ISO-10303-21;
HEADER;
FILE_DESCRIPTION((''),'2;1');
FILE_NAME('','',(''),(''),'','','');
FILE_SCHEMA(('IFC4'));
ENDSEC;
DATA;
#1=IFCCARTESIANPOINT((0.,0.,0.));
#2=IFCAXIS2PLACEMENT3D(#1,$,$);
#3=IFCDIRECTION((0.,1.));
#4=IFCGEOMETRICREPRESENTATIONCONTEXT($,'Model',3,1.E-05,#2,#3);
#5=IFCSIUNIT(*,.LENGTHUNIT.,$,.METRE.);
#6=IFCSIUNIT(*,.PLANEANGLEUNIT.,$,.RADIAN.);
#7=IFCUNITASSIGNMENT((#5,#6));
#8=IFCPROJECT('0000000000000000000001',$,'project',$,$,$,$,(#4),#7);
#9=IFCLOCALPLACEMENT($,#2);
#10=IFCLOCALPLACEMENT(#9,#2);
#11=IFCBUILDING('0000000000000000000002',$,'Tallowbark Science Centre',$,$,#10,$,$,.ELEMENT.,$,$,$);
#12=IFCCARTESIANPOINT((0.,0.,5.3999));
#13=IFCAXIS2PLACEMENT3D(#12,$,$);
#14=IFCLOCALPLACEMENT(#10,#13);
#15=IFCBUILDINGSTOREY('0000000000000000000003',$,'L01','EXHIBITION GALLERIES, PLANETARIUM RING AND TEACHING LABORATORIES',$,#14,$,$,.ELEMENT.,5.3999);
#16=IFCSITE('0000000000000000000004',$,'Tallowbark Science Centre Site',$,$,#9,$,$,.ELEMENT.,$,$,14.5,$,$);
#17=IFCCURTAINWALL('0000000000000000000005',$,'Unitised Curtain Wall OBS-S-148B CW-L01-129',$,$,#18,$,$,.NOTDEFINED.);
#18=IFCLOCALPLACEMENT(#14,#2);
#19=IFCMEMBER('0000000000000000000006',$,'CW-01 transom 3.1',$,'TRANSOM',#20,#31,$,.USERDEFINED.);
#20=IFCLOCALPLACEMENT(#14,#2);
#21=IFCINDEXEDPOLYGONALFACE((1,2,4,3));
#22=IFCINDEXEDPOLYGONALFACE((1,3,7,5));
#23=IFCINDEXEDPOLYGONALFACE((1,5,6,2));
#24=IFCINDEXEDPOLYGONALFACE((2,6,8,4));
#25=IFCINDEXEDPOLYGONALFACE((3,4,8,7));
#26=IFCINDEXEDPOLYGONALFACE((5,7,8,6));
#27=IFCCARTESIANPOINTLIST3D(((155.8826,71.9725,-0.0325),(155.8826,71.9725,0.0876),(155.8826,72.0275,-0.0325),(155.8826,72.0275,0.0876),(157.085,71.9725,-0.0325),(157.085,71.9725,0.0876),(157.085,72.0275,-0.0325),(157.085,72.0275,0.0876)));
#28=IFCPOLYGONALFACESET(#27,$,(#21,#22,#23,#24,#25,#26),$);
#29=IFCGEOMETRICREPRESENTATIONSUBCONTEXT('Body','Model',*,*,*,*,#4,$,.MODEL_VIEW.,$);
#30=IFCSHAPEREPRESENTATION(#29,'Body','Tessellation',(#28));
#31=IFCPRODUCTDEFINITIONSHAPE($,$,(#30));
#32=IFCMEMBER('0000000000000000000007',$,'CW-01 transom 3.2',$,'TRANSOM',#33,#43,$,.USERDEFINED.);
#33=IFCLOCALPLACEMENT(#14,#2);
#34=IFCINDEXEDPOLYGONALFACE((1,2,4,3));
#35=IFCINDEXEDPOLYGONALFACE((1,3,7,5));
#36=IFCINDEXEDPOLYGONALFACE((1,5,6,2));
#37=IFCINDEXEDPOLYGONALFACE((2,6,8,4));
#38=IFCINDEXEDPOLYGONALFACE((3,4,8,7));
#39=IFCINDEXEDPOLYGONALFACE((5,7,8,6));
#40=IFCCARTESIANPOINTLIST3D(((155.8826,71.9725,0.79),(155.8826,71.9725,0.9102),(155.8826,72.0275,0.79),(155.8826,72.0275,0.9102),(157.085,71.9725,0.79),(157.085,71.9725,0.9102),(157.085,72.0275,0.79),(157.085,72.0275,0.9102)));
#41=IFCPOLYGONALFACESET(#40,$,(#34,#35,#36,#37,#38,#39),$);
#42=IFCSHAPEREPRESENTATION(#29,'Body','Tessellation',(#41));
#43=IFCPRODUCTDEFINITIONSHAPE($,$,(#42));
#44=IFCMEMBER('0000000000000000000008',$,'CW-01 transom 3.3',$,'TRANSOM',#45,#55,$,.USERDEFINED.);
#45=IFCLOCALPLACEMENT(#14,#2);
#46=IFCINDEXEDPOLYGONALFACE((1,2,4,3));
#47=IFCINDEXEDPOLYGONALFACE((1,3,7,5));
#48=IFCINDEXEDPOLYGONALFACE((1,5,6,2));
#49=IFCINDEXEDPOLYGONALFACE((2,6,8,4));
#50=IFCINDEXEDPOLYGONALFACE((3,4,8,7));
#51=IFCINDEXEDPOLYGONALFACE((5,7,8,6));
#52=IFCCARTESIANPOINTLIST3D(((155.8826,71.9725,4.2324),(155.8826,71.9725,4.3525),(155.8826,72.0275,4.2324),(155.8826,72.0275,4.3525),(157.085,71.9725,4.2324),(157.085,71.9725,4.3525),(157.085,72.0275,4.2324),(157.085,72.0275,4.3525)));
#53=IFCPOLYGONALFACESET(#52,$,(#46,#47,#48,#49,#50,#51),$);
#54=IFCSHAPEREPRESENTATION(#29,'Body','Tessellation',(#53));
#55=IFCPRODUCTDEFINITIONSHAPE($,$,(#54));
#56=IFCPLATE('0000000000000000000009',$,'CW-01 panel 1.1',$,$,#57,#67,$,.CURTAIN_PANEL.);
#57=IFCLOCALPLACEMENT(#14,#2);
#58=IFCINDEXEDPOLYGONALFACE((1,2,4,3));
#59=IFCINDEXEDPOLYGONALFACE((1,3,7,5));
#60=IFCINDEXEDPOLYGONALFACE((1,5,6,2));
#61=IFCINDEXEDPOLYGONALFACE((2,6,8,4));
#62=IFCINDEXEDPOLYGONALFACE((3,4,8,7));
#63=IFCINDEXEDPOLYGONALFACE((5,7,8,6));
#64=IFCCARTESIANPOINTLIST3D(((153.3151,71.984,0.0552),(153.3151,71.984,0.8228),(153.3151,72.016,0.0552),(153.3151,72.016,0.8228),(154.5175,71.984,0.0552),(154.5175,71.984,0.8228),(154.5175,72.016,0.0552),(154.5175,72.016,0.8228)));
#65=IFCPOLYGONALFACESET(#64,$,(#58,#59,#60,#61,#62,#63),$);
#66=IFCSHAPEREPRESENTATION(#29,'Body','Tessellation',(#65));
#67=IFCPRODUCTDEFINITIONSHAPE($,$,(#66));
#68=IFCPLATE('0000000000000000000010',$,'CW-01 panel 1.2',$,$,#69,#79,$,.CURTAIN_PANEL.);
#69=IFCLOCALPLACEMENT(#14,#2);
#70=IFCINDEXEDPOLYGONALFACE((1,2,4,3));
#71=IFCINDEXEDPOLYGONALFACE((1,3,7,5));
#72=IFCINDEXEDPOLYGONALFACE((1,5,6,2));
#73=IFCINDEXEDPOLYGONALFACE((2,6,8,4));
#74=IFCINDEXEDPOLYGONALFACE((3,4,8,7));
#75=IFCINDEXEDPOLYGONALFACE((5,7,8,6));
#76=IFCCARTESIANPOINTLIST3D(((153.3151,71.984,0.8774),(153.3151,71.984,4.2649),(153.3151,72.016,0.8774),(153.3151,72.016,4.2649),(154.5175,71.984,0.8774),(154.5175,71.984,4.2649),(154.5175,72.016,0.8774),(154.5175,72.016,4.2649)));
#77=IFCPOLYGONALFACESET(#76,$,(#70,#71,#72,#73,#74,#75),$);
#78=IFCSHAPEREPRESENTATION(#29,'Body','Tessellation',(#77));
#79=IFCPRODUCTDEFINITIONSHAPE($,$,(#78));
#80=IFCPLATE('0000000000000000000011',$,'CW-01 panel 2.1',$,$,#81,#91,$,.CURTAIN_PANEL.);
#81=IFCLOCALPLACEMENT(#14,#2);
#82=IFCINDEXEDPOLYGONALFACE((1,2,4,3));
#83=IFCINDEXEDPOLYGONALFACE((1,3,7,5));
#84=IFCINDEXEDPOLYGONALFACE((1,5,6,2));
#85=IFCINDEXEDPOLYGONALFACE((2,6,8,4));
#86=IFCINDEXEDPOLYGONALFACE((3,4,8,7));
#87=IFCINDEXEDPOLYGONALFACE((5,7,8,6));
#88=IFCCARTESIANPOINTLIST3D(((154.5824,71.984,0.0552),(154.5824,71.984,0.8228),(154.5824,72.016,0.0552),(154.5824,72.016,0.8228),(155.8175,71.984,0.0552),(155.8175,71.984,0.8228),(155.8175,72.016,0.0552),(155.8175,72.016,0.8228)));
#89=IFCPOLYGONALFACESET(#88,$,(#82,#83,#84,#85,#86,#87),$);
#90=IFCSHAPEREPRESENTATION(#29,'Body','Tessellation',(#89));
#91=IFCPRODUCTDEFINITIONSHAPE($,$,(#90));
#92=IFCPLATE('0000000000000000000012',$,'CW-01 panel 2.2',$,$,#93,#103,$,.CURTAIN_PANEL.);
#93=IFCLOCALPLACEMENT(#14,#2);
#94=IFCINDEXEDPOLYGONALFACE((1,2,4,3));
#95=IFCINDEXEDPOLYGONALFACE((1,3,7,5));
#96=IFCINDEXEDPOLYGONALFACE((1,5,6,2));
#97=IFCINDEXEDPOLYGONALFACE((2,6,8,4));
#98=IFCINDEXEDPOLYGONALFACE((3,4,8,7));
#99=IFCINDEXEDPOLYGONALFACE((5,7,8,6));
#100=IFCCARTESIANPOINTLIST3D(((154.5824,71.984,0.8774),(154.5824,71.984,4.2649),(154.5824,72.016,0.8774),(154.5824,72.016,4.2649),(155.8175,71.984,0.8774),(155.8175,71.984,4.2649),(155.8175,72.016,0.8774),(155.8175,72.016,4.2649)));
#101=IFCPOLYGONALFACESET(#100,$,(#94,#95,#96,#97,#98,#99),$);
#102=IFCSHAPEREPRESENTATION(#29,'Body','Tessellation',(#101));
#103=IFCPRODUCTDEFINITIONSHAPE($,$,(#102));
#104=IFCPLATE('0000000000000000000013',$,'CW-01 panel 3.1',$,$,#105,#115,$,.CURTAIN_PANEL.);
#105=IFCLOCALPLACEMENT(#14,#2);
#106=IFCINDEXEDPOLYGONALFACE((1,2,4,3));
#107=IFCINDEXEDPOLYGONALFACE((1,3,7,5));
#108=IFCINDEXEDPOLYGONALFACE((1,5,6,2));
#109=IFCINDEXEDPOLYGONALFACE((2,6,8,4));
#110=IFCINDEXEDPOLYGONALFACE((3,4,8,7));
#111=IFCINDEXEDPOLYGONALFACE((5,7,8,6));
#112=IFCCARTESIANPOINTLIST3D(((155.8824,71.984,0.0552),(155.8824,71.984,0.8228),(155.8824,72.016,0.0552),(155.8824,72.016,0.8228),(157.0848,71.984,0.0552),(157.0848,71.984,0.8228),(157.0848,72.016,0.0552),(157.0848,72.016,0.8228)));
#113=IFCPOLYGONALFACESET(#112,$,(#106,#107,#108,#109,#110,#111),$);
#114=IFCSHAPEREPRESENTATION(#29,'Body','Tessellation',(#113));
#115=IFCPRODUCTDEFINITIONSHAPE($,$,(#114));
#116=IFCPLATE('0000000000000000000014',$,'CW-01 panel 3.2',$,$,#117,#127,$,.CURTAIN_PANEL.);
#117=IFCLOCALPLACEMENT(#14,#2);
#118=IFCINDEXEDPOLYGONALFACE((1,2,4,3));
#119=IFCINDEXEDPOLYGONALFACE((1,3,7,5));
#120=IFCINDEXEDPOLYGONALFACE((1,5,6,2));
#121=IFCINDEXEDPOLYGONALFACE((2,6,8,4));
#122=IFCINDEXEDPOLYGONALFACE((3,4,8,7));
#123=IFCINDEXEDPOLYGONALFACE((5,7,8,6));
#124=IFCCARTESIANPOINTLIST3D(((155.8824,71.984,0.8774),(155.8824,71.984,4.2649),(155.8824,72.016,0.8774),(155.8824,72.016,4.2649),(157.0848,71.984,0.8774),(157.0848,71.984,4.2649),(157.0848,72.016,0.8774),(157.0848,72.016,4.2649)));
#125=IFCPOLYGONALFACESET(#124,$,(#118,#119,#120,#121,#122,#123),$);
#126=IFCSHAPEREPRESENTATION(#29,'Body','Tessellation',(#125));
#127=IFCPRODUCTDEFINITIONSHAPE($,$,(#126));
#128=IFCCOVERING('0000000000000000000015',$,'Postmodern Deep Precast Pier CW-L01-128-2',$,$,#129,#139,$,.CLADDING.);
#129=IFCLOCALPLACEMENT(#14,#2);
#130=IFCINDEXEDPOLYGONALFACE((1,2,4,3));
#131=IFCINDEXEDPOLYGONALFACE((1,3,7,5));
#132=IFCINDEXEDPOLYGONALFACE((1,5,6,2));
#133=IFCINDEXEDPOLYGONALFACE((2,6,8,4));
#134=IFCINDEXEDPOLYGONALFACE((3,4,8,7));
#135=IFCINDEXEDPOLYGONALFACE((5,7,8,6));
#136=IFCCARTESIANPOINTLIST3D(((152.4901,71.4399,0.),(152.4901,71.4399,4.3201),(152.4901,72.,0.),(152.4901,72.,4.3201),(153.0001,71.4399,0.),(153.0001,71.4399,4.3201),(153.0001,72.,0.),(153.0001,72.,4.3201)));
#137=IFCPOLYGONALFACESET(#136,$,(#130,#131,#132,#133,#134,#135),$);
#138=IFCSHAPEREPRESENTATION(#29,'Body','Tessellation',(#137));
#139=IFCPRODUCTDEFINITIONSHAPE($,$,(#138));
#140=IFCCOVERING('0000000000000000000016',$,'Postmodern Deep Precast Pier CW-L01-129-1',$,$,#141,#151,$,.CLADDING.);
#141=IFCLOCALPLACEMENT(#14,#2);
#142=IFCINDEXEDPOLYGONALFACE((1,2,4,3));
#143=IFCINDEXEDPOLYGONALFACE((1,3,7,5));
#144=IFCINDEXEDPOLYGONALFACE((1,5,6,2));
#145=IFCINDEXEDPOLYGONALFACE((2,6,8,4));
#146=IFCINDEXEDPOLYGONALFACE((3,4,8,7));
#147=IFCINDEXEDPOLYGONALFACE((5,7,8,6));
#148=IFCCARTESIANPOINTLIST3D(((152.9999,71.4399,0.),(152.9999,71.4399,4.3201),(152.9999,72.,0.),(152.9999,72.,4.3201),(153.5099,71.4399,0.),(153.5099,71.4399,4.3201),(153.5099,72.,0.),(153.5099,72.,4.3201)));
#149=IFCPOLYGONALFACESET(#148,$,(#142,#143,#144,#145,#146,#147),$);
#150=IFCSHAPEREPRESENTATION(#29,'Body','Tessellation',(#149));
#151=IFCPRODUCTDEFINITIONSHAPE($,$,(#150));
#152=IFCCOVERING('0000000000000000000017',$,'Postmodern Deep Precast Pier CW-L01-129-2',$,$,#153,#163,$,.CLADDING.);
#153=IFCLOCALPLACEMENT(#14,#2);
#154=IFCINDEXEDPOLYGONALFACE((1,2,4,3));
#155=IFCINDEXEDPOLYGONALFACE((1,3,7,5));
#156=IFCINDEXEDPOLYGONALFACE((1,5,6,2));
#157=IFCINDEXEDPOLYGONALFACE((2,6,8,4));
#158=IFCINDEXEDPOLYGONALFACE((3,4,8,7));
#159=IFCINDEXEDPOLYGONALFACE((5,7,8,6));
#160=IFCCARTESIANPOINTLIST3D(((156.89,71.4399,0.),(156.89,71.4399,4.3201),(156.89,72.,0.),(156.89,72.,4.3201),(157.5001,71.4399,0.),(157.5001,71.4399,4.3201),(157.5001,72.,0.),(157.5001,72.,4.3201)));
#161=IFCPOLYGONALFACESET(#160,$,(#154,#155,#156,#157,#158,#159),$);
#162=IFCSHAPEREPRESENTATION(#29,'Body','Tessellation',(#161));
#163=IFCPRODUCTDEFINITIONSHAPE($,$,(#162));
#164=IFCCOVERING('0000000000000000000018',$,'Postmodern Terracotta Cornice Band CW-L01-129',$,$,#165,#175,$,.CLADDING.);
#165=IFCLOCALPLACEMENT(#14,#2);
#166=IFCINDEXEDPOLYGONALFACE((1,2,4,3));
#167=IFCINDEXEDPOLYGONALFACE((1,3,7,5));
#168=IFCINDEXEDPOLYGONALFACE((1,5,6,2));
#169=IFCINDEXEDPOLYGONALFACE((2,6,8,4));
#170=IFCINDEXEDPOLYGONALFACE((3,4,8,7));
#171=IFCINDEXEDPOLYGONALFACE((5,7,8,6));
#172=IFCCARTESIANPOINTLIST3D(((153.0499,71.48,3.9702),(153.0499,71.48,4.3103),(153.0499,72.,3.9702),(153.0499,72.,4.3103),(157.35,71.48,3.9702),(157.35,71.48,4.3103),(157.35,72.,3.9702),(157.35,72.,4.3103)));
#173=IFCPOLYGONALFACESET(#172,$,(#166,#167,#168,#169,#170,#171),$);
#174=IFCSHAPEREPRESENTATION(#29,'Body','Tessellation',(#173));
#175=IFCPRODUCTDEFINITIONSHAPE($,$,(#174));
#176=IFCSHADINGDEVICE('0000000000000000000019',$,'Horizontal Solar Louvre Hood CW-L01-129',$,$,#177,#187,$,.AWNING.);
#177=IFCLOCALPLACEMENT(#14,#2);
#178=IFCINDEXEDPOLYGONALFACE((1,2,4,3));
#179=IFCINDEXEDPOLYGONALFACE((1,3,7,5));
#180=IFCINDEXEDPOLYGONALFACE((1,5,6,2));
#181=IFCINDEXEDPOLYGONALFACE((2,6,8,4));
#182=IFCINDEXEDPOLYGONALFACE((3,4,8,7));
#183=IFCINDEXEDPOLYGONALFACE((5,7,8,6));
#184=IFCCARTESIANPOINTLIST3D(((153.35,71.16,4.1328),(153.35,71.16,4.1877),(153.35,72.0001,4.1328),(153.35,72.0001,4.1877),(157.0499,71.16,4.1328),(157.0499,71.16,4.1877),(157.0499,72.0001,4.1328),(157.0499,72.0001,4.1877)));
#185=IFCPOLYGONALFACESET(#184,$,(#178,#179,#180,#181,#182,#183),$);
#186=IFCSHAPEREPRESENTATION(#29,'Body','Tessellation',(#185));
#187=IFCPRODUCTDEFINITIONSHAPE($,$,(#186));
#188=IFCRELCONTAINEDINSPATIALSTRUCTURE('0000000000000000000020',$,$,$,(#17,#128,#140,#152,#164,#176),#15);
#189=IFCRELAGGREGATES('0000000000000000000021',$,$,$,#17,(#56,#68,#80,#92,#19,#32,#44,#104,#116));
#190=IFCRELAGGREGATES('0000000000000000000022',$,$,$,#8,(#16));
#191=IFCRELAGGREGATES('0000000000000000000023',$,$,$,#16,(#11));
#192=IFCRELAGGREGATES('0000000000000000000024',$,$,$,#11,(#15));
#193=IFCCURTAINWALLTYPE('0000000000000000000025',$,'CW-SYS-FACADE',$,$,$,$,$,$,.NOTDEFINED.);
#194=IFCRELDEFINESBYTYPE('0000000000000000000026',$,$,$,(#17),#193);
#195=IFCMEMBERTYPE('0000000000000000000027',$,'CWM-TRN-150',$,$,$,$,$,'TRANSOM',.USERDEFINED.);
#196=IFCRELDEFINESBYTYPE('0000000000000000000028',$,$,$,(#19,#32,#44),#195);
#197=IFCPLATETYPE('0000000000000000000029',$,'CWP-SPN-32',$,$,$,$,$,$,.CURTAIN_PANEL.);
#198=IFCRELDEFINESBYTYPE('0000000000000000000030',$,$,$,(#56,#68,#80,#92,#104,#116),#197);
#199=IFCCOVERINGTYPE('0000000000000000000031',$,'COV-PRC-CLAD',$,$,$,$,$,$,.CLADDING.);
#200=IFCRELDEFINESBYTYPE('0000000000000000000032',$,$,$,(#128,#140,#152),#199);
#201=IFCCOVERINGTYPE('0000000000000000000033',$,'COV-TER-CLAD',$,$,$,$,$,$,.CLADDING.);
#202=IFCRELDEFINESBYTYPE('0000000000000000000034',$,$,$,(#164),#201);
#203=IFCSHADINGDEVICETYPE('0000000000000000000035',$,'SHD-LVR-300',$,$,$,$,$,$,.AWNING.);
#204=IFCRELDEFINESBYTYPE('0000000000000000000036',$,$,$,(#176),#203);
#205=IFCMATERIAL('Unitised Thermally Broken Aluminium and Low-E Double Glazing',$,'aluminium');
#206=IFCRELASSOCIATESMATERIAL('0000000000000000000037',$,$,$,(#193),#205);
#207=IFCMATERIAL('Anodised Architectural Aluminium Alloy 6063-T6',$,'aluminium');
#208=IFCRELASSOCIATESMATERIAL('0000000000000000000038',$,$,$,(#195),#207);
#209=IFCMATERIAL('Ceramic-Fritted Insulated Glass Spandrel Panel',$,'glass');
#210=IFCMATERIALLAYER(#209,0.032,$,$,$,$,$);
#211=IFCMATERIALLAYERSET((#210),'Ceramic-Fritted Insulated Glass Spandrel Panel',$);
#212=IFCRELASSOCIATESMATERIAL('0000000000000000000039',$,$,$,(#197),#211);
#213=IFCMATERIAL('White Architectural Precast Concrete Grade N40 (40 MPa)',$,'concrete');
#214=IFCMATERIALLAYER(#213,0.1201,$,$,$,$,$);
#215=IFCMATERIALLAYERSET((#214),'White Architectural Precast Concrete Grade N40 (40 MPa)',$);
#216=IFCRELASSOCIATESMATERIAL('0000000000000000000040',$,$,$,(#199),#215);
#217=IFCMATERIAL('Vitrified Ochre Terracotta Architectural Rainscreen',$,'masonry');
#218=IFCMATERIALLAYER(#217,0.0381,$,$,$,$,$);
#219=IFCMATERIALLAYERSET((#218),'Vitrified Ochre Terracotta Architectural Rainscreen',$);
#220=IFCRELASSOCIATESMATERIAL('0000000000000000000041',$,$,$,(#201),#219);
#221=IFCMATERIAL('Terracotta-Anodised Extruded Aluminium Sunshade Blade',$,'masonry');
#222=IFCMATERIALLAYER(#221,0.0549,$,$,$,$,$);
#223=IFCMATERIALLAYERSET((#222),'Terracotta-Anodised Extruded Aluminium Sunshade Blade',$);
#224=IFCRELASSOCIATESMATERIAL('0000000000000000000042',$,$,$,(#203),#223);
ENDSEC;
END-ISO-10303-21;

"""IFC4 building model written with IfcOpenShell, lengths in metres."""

from ifc_helpers import new_model, si_unit, direction, frame, origin, origin_2d, place, context, subcontext, project, spatial, rectangle, extrude, material, layer, layer_set, material_profile, profile_set, type_object, element, aggregate, save


model = new_model("IFC4")

# Units and contexts
model_context = context("Model", 3, precision=1e-05, world=origin(), true_north=direction((0.0, 1.0)))
body_context = subcontext(model_context, "Body", "Model", "MODEL_VIEW")
ifc_project = project(units=[si_unit("LENGTHUNIT", "METRE"), si_unit("PLANEANGLEUNIT", "RADIAN")], contexts=[model_context])

# Site, building, storey
site_placement = place(None, origin())
site = spatial("IfcSite", under=ifc_project, at=site_placement, Name="Tallowbark Science Centre Site", CompositionType="ELEMENT", RefElevation=14.5)
building_placement = place(site_placement, origin())
building = spatial("IfcBuilding", under=site, at=building_placement, Name="Tallowbark Science Centre", CompositionType="ELEMENT")
storey_placement = place(building_placement, frame((0.0, 0.0, 5.3999)))
storey = spatial("IfcBuildingStorey", under=building, at=storey_placement, Name="L01", Description="EXHIBITION GALLERIES, PLANETARIUM RING AND TEACHING LABORATORIES", CompositionType="ELEMENT", Elevation=5.3999)

# Shared definitions
ifc_material_1 = material(Name="Unitised Thermally Broken Aluminium and Low-E Double Glazing", Category="aluminium")
curtain_wall_type = type_object("IfcCurtainWallType", Name="CW-SYS-FACADE", PredefinedType="NOTDEFINED", material=ifc_material_1)
ifc_material_2 = material(Name="Anodised Architectural Aluminium Alloy 6063-T6", Category="aluminium")

# Curtain wall, members, plates
curtain_wall_1_placement = place(storey_placement, origin())
curtain_wall_1 = element("IfcCurtainWall", 1, at=curtain_wall_1_placement, inside=storey, type_object=curtain_wall_type, Name="Unitised Curtain Wall OBS-S-148B CW-L01-129", PredefinedType="NOTDEFINED")
ifc_material_profile_1 = material_profile(ifc_material_2, rectangle(XDim=0.0549, YDim=0.1201, at=origin_2d()), Name="ALU55x120")
ifc_profile_set_1 = profile_set([ifc_material_profile_1], Name="Anodised Architectural Aluminium Alloy 6063-T6")
member_type_1 = type_object("IfcMemberType", Name="CWM-TRN-150", ElementType="TRANSOM", PredefinedType="USERDEFINED", material=ifc_profile_set_1)
member_1_placement = place(storey_placement, frame((155.8826, 72.0, 0.0276), z_axis=(1.0, 0.0, 0.0), x_axis=(0.0, 1.0, 0.0)))
member_1 = element("IfcMember", 2, at=member_1_placement, type_object=member_type_1, Name="CW-01 transom 3.1", ObjectType="TRANSOM", PredefinedType="USERDEFINED", context=body_context, shape_type="SweptSolid", body=[
    extrude(rectangle(XDim=0.0549, YDim=0.1201, at=origin_2d()), origin(), (0.0, 0.0, 1.0), 1.2024),
])
member_2_placement = place(storey_placement, frame((155.8826, 72.0, 0.8501), z_axis=(1.0, 0.0, 0.0), x_axis=(0.0, 1.0, 0.0)))
member_2 = element("IfcMember", 3, at=member_2_placement, type_object=member_type_1, Name="CW-01 transom 3.2", ObjectType="TRANSOM", PredefinedType="USERDEFINED", context=body_context, shape_type="SweptSolid", body=[
    extrude(rectangle(XDim=0.0549, YDim=0.1201, at=origin_2d()), origin(), (0.0, 0.0, 1.0), 1.2024),
])
member_3_placement = place(storey_placement, frame((155.8826, 72.0, 4.2925), z_axis=(1.0, 0.0, 0.0), x_axis=(0.0, 1.0, 0.0)))
member_3 = element("IfcMember", 4, at=member_3_placement, type_object=member_type_1, Name="CW-01 transom 3.3", ObjectType="TRANSOM", PredefinedType="USERDEFINED", context=body_context, shape_type="SweptSolid", body=[
    extrude(rectangle(XDim=0.0549, YDim=0.1201, at=origin_2d()), origin(), (0.0, 0.0, 1.0), 1.2024),
])
ifc_material_3 = material(Name="Ceramic-Fritted Insulated Glass Spandrel Panel", Category="glass")
ifc_layer_1 = layer(ifc_material_3, 0.032)
ifc_layer_set_1 = layer_set([ifc_layer_1], Name="Ceramic-Fritted Insulated Glass Spandrel Panel")
plate_type = type_object("IfcPlateType", Name="CWP-SPN-32", PredefinedType="CURTAIN_PANEL", material=ifc_layer_set_1)
plate_1_placement = place(storey_placement, frame((153.9163, 72.0, 0.0552), z_axis=(0.0, 0.0, 1.0), x_axis=(1.0, 0.0, 0.0)))
plate_1 = element("IfcPlate", 5, at=plate_1_placement, type_object=plate_type, Name="CW-01 panel 1.1", PredefinedType="CURTAIN_PANEL", context=body_context, shape_type="SweptSolid", body=[
    extrude(rectangle(XDim=1.2024, YDim=0.032, at=origin_2d()), origin(), (0.0, 0.0, 1.0), 0.7676),
])
plate_2_placement = place(storey_placement, frame((153.9163, 72.0, 0.8774), z_axis=(0.0, 0.0, 1.0), x_axis=(1.0, 0.0, 0.0)))
plate_2 = element("IfcPlate", 6, at=plate_2_placement, type_object=plate_type, Name="CW-01 panel 1.2", PredefinedType="CURTAIN_PANEL", context=body_context, shape_type="SweptSolid", body=[
    extrude(rectangle(XDim=1.2024, YDim=0.032, at=origin_2d()), origin(), (0.0, 0.0, 1.0), 3.3875),
])
plate_3_placement = place(storey_placement, frame((155.2, 72.0, 0.0552), z_axis=(0.0, 0.0, 1.0), x_axis=(1.0, 0.0, 0.0)))
plate_3 = element("IfcPlate", 7, at=plate_3_placement, type_object=plate_type, Name="CW-01 panel 2.1", PredefinedType="CURTAIN_PANEL", context=body_context, shape_type="SweptSolid", body=[
    extrude(rectangle(XDim=1.2351, YDim=0.032, at=origin_2d()), origin(), (0.0, 0.0, 1.0), 0.7676),
])
plate_4_placement = place(storey_placement, frame((155.2, 72.0, 0.8774), z_axis=(0.0, 0.0, 1.0), x_axis=(1.0, 0.0, 0.0)))
plate_4 = element("IfcPlate", 8, at=plate_4_placement, type_object=plate_type, Name="CW-01 panel 2.2", PredefinedType="CURTAIN_PANEL", context=body_context, shape_type="SweptSolid", body=[
    extrude(rectangle(XDim=1.2351, YDim=0.032, at=origin_2d()), origin(), (0.0, 0.0, 1.0), 3.3875),
])
plate_5_placement = place(storey_placement, frame((156.4836, 72.0, 0.0552), z_axis=(0.0, 0.0, 1.0), x_axis=(1.0, 0.0, 0.0)))
plate_5 = element("IfcPlate", 9, at=plate_5_placement, type_object=plate_type, Name="CW-01 panel 3.1", PredefinedType="CURTAIN_PANEL", context=body_context, shape_type="SweptSolid", body=[
    extrude(rectangle(XDim=1.2024, YDim=0.032, at=origin_2d()), origin(), (0.0, 0.0, 1.0), 0.7676),
])
plate_6_placement = place(storey_placement, frame((156.4836, 72.0, 0.8774), z_axis=(0.0, 0.0, 1.0), x_axis=(1.0, 0.0, 0.0)))
plate_6 = element("IfcPlate", 10, at=plate_6_placement, type_object=plate_type, Name="CW-01 panel 3.2", PredefinedType="CURTAIN_PANEL", context=body_context, shape_type="SweptSolid", body=[
    extrude(rectangle(XDim=1.2024, YDim=0.032, at=origin_2d()), origin(), (0.0, 0.0, 1.0), 3.3875),
])
aggregate(curtain_wall_1, [plate_1, plate_2, plate_3, plate_4, member_1, member_2, member_3, plate_5, plate_6])

# Coverings
ifc_material_4 = material(Name="White Architectural Precast Concrete Grade N40 (40 MPa)", Category="concrete")
ifc_layer_2 = layer(ifc_material_4, 0.1201)
ifc_layer_set_2 = layer_set([ifc_layer_2], Name="White Architectural Precast Concrete Grade N40 (40 MPa)")
covering_type_1 = type_object("IfcCoveringType", Name="COV-PRC-CLAD", PredefinedType="CLADDING", material=ifc_layer_set_2)
for number, where, z_axis, x_axis, name in (
    (11, (152.7451, 71.72, 0.0), (0.0, 0.0, 1.0), (1.0, 0.0, 0.0), "Postmodern Deep Precast Pier CW-L01-128-2"),
    (12, (153.2549, 71.72, 0.0), (0.0, 0.0, 1.0), (1.0, 0.0, 0.0), "Postmodern Deep Precast Pier CW-L01-129-1"),
):
    element("IfcCovering", number, at=place(storey_placement, frame(where, z_axis=z_axis, x_axis=x_axis)), inside=storey, type_object=covering_type_1, Name=name, PredefinedType="CLADDING", context=body_context, shape_type="SweptSolid", body=[
        extrude(rectangle(XDim=0.51, YDim=0.5601, at=origin_2d()), origin(), (0.0, 0.0, 1.0), 4.3201),
    ])
covering_1_placement = place(storey_placement, frame((157.1951, 71.72, 0.0), z_axis=(0.0, 0.0, 1.0), x_axis=(1.0, 0.0, 0.0)))
element("IfcCovering", 13, at=covering_1_placement, inside=storey, type_object=covering_type_1, Name="Postmodern Deep Precast Pier CW-L01-129-2", PredefinedType="CLADDING", context=body_context, shape_type="SweptSolid", body=[
    extrude(rectangle(XDim=0.6101, YDim=0.5601, at=origin_2d()), origin(), (0.0, 0.0, 1.0), 4.3201),
])
ifc_material_5 = material(Name="Vitrified Ochre Terracotta Architectural Rainscreen", Category="masonry")
ifc_layer_3 = layer(ifc_material_5, 0.0381)
ifc_layer_set_3 = layer_set([ifc_layer_3], Name="Vitrified Ochre Terracotta Architectural Rainscreen")
covering_type_2 = type_object("IfcCoveringType", Name="COV-TER-CLAD", PredefinedType="CLADDING", material=ifc_layer_set_3)
covering_2_placement = place(storey_placement, frame((155.2, 71.74, 3.9702), z_axis=(0.0, 0.0, 1.0), x_axis=(1.0, 0.0, 0.0)))
element("IfcCovering", 14, at=covering_2_placement, inside=storey, type_object=covering_type_2, Name="Postmodern Terracotta Cornice Band CW-L01-129", PredefinedType="CLADDING", context=body_context, shape_type="SweptSolid", body=[
    extrude(rectangle(XDim=4.3, YDim=0.52, at=origin_2d()), origin(), (0.0, 0.0, 1.0), 0.3401),
])

# Shading device
ifc_material_6 = material(Name="Terracotta-Anodised Extruded Aluminium Sunshade Blade", Category="masonry")
ifc_layer_4 = layer(ifc_material_6, 0.0549)
ifc_layer_set_4 = layer_set([ifc_layer_4], Name="Terracotta-Anodised Extruded Aluminium Sunshade Blade")
shading_device_type = type_object("IfcShadingDeviceType", Name="SHD-LVR-300", PredefinedType="AWNING", material=ifc_layer_set_4)
shading_device_placement = place(storey_placement, frame((155.2, 71.5801, 4.1328), z_axis=(0.0, 0.0, 1.0), x_axis=(1.0, 0.0, 0.0)))
element("IfcShadingDevice", 15, at=shading_device_placement, inside=storey, type_object=shading_device_type, Name="Horizontal Solar Louvre Hood CW-L01-129", PredefinedType="AWNING", context=body_context, shape_type="SweptSolid", body=[
    extrude(rectangle(XDim=3.7, YDim=0.8401, at=origin_2d()), origin(), (0.0, 0.0, 1.0), 0.0549),
])

save(model, "model.ifc")
